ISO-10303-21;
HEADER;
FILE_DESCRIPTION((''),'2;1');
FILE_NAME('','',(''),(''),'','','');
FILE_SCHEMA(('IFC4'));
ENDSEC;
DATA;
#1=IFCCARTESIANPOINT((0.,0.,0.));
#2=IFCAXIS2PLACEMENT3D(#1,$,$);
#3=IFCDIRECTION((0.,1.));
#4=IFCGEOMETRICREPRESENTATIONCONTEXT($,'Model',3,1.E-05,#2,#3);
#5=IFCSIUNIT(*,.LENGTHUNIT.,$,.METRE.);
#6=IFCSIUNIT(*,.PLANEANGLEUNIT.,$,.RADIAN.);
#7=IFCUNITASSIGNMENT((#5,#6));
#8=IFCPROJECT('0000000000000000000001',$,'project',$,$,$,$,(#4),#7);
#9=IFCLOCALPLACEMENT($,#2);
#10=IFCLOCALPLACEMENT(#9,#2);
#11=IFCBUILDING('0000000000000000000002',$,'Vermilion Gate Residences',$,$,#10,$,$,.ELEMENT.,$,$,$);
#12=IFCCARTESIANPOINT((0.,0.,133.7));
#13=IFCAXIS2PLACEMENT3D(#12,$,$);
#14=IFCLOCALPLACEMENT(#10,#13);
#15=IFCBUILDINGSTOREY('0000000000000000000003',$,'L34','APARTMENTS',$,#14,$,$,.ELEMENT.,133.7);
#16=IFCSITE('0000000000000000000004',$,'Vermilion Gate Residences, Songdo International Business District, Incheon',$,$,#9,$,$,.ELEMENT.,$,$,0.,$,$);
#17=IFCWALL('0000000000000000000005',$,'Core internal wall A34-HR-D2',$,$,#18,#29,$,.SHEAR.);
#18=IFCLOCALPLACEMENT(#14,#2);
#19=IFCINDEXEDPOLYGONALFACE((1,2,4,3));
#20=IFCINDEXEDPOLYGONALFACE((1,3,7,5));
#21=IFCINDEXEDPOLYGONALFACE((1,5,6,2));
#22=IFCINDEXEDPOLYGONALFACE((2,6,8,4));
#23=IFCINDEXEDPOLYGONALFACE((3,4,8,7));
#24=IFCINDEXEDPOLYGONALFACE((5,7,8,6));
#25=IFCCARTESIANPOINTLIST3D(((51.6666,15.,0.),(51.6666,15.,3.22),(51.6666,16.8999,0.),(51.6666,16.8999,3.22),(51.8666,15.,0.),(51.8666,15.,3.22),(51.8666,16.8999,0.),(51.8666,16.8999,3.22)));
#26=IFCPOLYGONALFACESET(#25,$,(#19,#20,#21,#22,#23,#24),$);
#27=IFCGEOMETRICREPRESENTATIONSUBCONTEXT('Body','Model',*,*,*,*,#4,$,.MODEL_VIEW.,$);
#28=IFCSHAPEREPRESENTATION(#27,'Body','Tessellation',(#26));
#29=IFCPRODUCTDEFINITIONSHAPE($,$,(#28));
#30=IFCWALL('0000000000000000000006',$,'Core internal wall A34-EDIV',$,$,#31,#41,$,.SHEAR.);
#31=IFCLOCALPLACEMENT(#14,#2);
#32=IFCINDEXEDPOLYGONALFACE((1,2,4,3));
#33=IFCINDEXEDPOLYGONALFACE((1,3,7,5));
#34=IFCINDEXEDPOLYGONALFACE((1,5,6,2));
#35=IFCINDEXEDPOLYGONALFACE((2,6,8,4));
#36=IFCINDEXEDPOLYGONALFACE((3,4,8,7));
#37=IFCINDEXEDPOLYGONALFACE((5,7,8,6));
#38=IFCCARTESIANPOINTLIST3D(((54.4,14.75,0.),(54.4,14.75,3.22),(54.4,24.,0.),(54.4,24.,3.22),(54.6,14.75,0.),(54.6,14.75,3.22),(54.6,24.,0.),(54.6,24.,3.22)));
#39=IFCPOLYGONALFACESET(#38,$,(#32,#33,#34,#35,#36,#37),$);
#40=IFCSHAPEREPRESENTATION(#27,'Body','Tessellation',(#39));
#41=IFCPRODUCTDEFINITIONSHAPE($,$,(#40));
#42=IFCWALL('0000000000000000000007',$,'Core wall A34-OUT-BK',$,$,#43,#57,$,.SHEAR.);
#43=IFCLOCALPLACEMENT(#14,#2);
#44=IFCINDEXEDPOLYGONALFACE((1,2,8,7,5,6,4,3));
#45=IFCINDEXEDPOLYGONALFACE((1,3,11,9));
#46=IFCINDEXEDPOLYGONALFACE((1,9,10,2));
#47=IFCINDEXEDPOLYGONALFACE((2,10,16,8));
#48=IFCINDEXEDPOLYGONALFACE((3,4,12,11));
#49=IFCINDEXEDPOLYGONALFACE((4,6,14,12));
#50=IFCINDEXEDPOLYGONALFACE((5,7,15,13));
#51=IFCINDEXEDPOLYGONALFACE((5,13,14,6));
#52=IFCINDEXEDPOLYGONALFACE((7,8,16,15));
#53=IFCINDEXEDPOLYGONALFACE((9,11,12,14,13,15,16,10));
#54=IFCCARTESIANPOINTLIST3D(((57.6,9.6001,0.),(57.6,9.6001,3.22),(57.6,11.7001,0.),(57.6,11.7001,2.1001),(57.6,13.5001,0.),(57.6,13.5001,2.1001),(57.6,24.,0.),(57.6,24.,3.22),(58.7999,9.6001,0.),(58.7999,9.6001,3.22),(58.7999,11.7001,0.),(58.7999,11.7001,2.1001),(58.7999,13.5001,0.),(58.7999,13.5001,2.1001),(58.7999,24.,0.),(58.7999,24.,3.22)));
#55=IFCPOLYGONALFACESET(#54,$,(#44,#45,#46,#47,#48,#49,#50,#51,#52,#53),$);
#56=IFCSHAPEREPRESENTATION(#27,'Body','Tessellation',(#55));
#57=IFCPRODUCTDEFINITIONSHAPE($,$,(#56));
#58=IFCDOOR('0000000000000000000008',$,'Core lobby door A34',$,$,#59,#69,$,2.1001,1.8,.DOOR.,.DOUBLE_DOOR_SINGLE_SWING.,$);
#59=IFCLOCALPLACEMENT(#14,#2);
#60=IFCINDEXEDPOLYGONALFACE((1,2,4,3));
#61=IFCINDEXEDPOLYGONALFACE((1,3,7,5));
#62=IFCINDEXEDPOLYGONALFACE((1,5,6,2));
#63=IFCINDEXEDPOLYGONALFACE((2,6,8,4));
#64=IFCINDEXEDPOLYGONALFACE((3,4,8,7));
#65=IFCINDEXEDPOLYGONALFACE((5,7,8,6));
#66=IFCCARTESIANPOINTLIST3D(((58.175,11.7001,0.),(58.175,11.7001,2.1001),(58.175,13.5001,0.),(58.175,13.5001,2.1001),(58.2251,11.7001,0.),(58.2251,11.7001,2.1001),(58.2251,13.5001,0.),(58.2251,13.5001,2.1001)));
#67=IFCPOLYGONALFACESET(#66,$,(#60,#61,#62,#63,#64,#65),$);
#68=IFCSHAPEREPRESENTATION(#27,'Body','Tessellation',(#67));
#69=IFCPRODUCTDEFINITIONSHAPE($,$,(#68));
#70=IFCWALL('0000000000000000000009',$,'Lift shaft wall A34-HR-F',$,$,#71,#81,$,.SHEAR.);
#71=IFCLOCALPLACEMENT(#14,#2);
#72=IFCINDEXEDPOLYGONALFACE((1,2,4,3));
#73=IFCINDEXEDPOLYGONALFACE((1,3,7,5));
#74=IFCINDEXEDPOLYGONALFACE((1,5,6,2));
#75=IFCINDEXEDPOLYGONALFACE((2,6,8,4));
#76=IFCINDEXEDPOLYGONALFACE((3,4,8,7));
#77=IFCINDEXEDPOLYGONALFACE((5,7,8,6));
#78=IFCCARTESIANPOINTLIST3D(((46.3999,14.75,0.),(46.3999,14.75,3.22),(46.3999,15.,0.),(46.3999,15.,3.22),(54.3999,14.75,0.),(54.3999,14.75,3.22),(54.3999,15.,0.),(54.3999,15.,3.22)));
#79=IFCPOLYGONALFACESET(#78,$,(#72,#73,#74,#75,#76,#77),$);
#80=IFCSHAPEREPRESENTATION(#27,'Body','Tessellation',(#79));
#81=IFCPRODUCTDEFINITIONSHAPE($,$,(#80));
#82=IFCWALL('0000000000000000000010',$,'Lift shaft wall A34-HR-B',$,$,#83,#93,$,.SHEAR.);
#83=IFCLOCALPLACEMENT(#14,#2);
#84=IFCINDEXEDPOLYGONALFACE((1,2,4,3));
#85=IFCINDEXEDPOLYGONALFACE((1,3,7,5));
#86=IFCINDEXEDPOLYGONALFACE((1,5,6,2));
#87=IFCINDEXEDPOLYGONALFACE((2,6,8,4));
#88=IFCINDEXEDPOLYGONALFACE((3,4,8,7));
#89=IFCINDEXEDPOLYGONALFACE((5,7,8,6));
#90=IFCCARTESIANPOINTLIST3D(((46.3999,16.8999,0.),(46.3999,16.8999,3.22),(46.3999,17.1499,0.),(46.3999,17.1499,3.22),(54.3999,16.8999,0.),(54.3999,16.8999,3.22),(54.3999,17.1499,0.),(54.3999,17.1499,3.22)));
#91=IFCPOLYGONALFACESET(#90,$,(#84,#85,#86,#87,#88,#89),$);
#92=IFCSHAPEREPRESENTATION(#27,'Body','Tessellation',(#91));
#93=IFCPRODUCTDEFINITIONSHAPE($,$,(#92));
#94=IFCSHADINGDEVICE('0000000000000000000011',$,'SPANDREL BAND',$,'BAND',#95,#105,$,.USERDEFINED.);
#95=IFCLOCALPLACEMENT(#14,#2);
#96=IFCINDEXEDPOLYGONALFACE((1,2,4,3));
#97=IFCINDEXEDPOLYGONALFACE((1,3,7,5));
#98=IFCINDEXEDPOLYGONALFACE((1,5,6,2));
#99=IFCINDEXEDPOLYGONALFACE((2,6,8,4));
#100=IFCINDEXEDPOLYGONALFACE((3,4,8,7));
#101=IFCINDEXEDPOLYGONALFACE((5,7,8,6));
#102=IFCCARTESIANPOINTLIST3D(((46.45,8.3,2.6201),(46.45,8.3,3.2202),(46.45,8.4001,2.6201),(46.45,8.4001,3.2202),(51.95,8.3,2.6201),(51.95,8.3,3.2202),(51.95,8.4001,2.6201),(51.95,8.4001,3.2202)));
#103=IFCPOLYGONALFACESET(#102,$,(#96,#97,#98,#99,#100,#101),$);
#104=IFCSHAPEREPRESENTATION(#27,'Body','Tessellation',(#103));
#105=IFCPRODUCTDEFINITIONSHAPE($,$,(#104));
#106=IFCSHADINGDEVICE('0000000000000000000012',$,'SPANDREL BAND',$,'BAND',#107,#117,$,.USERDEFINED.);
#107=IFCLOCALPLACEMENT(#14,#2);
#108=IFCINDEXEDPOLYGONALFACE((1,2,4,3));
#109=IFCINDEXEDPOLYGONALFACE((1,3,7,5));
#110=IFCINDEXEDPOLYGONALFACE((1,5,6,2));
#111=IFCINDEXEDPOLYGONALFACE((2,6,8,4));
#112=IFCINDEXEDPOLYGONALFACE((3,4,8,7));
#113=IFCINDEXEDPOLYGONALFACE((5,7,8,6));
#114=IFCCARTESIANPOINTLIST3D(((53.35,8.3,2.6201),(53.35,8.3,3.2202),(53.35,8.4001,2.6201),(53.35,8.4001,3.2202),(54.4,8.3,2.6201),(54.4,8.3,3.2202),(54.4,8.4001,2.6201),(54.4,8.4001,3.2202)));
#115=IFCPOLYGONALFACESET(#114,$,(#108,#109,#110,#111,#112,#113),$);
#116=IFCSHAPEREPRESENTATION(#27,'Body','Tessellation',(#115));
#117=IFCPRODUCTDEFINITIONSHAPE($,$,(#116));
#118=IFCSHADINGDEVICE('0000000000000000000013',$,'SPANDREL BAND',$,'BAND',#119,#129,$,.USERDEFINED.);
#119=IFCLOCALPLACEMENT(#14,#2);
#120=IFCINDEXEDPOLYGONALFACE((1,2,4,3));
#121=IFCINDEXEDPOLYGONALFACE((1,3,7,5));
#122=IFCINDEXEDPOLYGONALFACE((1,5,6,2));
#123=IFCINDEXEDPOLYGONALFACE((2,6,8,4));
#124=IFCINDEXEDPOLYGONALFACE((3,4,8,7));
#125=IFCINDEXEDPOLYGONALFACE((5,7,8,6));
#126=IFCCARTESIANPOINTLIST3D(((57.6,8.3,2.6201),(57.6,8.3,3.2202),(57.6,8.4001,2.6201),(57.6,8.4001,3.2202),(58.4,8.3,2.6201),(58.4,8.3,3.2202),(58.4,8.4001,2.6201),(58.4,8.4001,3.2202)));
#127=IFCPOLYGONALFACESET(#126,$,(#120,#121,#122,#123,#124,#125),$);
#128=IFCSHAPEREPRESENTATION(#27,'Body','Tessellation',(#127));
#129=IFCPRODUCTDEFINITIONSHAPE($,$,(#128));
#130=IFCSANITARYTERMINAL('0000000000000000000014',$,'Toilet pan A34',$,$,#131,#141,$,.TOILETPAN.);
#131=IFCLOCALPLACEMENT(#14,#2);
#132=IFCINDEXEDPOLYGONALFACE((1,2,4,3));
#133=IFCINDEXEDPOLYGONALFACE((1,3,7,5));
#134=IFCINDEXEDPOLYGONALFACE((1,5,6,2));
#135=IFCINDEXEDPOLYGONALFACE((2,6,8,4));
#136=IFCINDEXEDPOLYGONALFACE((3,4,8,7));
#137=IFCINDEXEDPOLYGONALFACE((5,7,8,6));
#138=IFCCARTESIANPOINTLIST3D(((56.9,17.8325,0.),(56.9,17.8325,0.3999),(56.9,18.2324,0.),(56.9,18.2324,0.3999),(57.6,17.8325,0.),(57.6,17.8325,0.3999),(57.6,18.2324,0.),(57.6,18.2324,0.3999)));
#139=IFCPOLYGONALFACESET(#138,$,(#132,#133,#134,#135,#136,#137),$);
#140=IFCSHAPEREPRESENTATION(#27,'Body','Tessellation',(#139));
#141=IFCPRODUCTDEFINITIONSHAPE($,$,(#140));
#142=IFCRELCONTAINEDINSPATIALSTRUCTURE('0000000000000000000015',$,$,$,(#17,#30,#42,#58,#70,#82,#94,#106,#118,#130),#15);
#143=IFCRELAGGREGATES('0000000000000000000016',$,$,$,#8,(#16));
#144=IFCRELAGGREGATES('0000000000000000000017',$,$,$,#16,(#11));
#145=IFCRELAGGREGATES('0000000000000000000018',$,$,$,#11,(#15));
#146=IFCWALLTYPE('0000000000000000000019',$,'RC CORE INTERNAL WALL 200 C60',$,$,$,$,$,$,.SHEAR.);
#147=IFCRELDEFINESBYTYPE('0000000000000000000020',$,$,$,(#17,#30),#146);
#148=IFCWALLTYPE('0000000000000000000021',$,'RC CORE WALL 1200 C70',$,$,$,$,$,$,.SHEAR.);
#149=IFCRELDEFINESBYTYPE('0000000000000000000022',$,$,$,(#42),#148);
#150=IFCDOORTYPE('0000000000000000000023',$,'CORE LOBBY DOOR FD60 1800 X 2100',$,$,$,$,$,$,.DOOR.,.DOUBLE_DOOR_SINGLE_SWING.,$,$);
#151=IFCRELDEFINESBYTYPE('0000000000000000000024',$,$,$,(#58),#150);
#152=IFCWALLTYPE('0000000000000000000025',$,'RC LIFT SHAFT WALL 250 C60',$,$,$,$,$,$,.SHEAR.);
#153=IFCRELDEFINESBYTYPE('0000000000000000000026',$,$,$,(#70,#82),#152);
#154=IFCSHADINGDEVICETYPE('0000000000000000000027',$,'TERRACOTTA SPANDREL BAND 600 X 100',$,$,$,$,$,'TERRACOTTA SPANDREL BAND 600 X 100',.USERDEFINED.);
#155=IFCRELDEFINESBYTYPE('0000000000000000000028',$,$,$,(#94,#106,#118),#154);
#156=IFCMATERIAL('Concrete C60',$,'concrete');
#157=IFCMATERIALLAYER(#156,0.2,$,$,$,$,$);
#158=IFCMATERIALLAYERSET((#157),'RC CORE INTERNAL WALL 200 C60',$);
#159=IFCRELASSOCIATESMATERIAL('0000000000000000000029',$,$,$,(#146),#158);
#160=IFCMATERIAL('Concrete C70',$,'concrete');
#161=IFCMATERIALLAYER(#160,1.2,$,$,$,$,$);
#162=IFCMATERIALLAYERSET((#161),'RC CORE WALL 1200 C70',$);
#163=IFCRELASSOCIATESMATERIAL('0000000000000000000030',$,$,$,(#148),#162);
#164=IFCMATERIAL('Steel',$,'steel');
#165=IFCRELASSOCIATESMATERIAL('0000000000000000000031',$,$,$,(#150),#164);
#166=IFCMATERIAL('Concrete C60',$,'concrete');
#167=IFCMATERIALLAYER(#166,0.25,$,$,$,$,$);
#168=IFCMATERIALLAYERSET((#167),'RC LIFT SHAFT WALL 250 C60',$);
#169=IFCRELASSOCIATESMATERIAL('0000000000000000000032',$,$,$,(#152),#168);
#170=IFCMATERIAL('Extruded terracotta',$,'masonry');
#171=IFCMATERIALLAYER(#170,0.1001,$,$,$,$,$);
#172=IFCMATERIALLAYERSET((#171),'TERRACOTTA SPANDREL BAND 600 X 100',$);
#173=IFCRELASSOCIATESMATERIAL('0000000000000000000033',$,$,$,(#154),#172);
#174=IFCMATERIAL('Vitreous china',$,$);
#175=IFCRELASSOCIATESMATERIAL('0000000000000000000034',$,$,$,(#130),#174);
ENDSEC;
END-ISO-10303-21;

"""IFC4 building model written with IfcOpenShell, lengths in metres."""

from ifc_helpers import new_model, si_unit, direction, frame, frame_2d, origin, origin_2d, place, context, subcontext, project, spatial, rectangle, extrude, material, layer, layer_set, type_object, element, fill, save


model = new_model("IFC4")

# Units and contexts
model_context = context("Model", 3, precision=1e-05, world=origin(), true_north=direction((0.0, 1.0)))
body_context = subcontext(model_context, "Body", "Model", "MODEL_VIEW")
ifc_project = project(units=[si_unit("LENGTHUNIT", "METRE"), si_unit("PLANEANGLEUNIT", "RADIAN")], contexts=[model_context])

# Site, building, storey
site_placement = place(None, origin())
site = spatial("IfcSite", under=ifc_project, at=site_placement, Name="Vermilion Gate Residences, Songdo International Business District, Incheon", CompositionType="ELEMENT", RefElevation=0.0)
building_placement = place(site_placement, origin())
building = spatial("IfcBuilding", under=site, at=building_placement, Name="Vermilion Gate Residences", CompositionType="ELEMENT")
storey_placement = place(building_placement, frame((0.0, 0.0, 133.7)))
storey = spatial("IfcBuildingStorey", under=building, at=storey_placement, Name="L34", Description="APARTMENTS", CompositionType="ELEMENT", Elevation=133.7)

# Walls
ifc_material_1 = material(Name="Concrete C60", Category="concrete")
ifc_layer_1 = layer(ifc_material_1, 0.2)
ifc_layer_set_1 = layer_set([ifc_layer_1], Name="RC CORE INTERNAL WALL 200 C60")
wall_type_1 = type_object("IfcWallType", Name="RC CORE INTERNAL WALL 200 C60", PredefinedType="SHEAR", material=ifc_layer_set_1)
for number, where, z_axis, x_axis, name in (
    (1, (51.7666, 15.0, 0.0), (0.0, 0.0, 1.0), (0.0, 1.0, 0.0), "Core internal wall A34-HR-D2"),
):
    element("IfcWall", number, at=place(storey_placement, frame(where, z_axis=z_axis, x_axis=x_axis)), inside=storey, type_object=wall_type_1, Name=name, PredefinedType="SHEAR", context=body_context, shape_type="SweptSolid", body=[
        extrude(rectangle(XDim=1.8999, YDim=0.2, at=frame_2d((0.95, 0.0))), origin(), (0.0, 0.0, 1.0), 3.22),
    ])
wall_1_placement = place(storey_placement, frame((54.5, 14.75, 0.0), z_axis=(0.0, 0.0, 1.0), x_axis=(0.0, 1.0, 0.0)))
element("IfcWall", 2, at=wall_1_placement, inside=storey, type_object=wall_type_1, Name="Core internal wall A34-EDIV", PredefinedType="SHEAR", context=body_context, shape_type="SweptSolid", body=[
    extrude(rectangle(XDim=9.25, YDim=0.2, at=frame_2d((4.625, 0.0))), origin(), (0.0, 0.0, 1.0), 3.22),
])

# Wall, opening, door
ifc_material_2 = material(Name="Concrete C70", Category="concrete")
ifc_layer_2 = layer(ifc_material_2, 1.2)
ifc_layer_set_2 = layer_set([ifc_layer_2], Name="RC CORE WALL 1200 C70")
wall_type_2 = type_object("IfcWallType", Name="RC CORE WALL 1200 C70", PredefinedType="SHEAR", material=ifc_layer_set_2)
wall_2_placement = place(storey_placement, frame((58.2, 9.6001, 0.0), z_axis=(0.0, 0.0, 1.0), x_axis=(0.0, 1.0, 0.0)))
wall_2 = element("IfcWall", 3, at=wall_2_placement, inside=storey, type_object=wall_type_2, Name="Core wall A34-OUT-BK", PredefinedType="SHEAR", context=body_context, shape_type="SweptSolid", body=[
    extrude(rectangle(XDim=14.3999, YDim=1.2, at=frame_2d((7.2, 0.0))), origin(), (0.0, 0.0, 1.0), 3.22),
])
opening_1_placement = place(wall_2_placement, frame((2.1001, 0.0, 0.0)))
opening_1 = element("IfcOpeningElement", 4, at=opening_1_placement, cuts=wall_2, PredefinedType="OPENING", context=body_context, shape_type="SweptSolid", body=[
    extrude(rectangle(XDim=1.8, YDim=2.1001, at=frame_2d((0.8999, 1.05))), frame((0.0, 0.6099, 0.0), z_axis=(0.0, -1.0, 0.0), x_axis=(1.0, 0.0, 0.0)), (0.0, 0.0, 1.0), 1.22),
])
ifc_material_3 = material(Name="Steel", Category="steel")
door_type_1 = type_object("IfcDoorType", Name="CORE LOBBY DOOR FD60 1800 X 2100", OperationType="DOUBLE_DOOR_SINGLE_SWING", PredefinedType="DOOR", material=ifc_material_3)
door_1_placement = place(opening_1_placement, origin())
door_1 = element("IfcDoor", 5, at=door_1_placement, inside=storey, type_object=door_type_1, Name="Core lobby door A34", OperationType="DOUBLE_DOOR_SINGLE_SWING", OverallHeight=2.1001, OverallWidth=1.8, PredefinedType="DOOR", context=body_context, shape_type="SweptSolid", body=[
    extrude(rectangle(XDim=1.8, YDim=2.1001, at=frame_2d((0.8999, 1.05))), frame((0.0, 0.0249, 0.0), z_axis=(0.0, -1.0, 0.0), x_axis=(1.0, 0.0, 0.0)), (0.0, 0.0, 1.0), 0.05),
])
fill(opening_1, door_1)

# Walls
ifc_material_4 = material(Name="Concrete C60", Category="concrete")
ifc_layer_3 = layer(ifc_material_4, 0.25)
ifc_layer_set_3 = layer_set([ifc_layer_3], Name="RC LIFT SHAFT WALL 250 C60")
wall_type_3 = type_object("IfcWallType", Name="RC LIFT SHAFT WALL 250 C60", PredefinedType="SHEAR", material=ifc_layer_set_3)
for number, where, z_axis, x_axis, name in (
    (6, (46.3999, 14.875, 0.0), (0.0, 0.0, 1.0), (1.0, 0.0, 0.0), "Lift shaft wall A34-HR-F"),
    (7, (46.3999, 17.0249, 0.0), (0.0, 0.0, 1.0), (1.0, 0.0, 0.0), "Lift shaft wall A34-HR-B"),
):
    element("IfcWall", number, at=place(storey_placement, frame(where, z_axis=z_axis, x_axis=x_axis)), inside=storey, type_object=wall_type_3, Name=name, PredefinedType="SHEAR", context=body_context, shape_type="SweptSolid", body=[
        extrude(rectangle(XDim=8.0, YDim=0.25, at=frame_2d((4.0, 0.0))), origin(), (0.0, 0.0, 1.0), 3.22),
    ])

# Shading devices
ifc_material_5 = material(Name="Extruded terracotta", Category="masonry")
ifc_layer_4 = layer(ifc_material_5, 0.1001)
ifc_layer_set_4 = layer_set([ifc_layer_4], Name="TERRACOTTA SPANDREL BAND 600 X 100")
shading_device_type = type_object("IfcShadingDeviceType", Name="TERRACOTTA SPANDREL BAND 600 X 100", ElementType="TERRACOTTA SPANDREL BAND 600 X 100", PredefinedType="USERDEFINED", material=ifc_layer_set_4)
shading_device_1_placement = place(storey_placement, frame((49.2, 8.3501, 2.6201), z_axis=(0.0, 0.0, 1.0), x_axis=(1.0, 0.0, 0.0)))
element("IfcShadingDevice", 8, at=shading_device_1_placement, inside=storey, type_object=shading_device_type, Name="SPANDREL BAND", ObjectType="BAND", PredefinedType="USERDEFINED", context=body_context, shape_type="SweptSolid", body=[
    extrude(rectangle(XDim=5.5, YDim=0.1001, at=origin_2d()), origin(), (0.0, 0.0, 1.0), 0.6001),
])
shading_device_2_placement = place(storey_placement, frame((53.875, 8.3501, 2.6201), z_axis=(0.0, 0.0, 1.0), x_axis=(1.0, 0.0, 0.0)))
element("IfcShadingDevice", 9, at=shading_device_2_placement, inside=storey, type_object=shading_device_type, Name="SPANDREL BAND", ObjectType="BAND", PredefinedType="USERDEFINED", context=body_context, shape_type="SweptSolid", body=[
    extrude(rectangle(XDim=1.05, YDim=0.1001, at=origin_2d()), origin(), (0.0, 0.0, 1.0), 0.6001),
])
shading_device_3_placement = place(storey_placement, frame((58.0, 8.3501, 2.6201), z_axis=(0.0, 0.0, 1.0), x_axis=(1.0, 0.0, 0.0)))
element("IfcShadingDevice", 10, at=shading_device_3_placement, inside=storey, type_object=shading_device_type, Name="SPANDREL BAND", ObjectType="BAND", PredefinedType="USERDEFINED", context=body_context, shape_type="SweptSolid", body=[
    extrude(rectangle(XDim=0.8, YDim=0.1001, at=origin_2d()), origin(), (0.0, 0.0, 1.0), 0.6001),
])

# Sanitary terminal
ifc_material_6 = material(Name="Vitreous china")
sanitary_terminal_placement = place(storey_placement, frame((57.25, 18.0325, 0.0), z_axis=(0.0, 0.0, 1.0), x_axis=(1.0, 0.0, 0.0)))
element("IfcSanitaryTerminal", 11, at=sanitary_terminal_placement, inside=storey, material=ifc_material_6, Name="Toilet pan A34", PredefinedType="TOILETPAN", context=body_context, shape_type="SweptSolid", body=[
    extrude(rectangle(XDim=0.7, YDim=0.3999, at=origin_2d()), origin(), (0.0, 0.0, 1.0), 0.3999),
])

save(model, "model.ifc")
